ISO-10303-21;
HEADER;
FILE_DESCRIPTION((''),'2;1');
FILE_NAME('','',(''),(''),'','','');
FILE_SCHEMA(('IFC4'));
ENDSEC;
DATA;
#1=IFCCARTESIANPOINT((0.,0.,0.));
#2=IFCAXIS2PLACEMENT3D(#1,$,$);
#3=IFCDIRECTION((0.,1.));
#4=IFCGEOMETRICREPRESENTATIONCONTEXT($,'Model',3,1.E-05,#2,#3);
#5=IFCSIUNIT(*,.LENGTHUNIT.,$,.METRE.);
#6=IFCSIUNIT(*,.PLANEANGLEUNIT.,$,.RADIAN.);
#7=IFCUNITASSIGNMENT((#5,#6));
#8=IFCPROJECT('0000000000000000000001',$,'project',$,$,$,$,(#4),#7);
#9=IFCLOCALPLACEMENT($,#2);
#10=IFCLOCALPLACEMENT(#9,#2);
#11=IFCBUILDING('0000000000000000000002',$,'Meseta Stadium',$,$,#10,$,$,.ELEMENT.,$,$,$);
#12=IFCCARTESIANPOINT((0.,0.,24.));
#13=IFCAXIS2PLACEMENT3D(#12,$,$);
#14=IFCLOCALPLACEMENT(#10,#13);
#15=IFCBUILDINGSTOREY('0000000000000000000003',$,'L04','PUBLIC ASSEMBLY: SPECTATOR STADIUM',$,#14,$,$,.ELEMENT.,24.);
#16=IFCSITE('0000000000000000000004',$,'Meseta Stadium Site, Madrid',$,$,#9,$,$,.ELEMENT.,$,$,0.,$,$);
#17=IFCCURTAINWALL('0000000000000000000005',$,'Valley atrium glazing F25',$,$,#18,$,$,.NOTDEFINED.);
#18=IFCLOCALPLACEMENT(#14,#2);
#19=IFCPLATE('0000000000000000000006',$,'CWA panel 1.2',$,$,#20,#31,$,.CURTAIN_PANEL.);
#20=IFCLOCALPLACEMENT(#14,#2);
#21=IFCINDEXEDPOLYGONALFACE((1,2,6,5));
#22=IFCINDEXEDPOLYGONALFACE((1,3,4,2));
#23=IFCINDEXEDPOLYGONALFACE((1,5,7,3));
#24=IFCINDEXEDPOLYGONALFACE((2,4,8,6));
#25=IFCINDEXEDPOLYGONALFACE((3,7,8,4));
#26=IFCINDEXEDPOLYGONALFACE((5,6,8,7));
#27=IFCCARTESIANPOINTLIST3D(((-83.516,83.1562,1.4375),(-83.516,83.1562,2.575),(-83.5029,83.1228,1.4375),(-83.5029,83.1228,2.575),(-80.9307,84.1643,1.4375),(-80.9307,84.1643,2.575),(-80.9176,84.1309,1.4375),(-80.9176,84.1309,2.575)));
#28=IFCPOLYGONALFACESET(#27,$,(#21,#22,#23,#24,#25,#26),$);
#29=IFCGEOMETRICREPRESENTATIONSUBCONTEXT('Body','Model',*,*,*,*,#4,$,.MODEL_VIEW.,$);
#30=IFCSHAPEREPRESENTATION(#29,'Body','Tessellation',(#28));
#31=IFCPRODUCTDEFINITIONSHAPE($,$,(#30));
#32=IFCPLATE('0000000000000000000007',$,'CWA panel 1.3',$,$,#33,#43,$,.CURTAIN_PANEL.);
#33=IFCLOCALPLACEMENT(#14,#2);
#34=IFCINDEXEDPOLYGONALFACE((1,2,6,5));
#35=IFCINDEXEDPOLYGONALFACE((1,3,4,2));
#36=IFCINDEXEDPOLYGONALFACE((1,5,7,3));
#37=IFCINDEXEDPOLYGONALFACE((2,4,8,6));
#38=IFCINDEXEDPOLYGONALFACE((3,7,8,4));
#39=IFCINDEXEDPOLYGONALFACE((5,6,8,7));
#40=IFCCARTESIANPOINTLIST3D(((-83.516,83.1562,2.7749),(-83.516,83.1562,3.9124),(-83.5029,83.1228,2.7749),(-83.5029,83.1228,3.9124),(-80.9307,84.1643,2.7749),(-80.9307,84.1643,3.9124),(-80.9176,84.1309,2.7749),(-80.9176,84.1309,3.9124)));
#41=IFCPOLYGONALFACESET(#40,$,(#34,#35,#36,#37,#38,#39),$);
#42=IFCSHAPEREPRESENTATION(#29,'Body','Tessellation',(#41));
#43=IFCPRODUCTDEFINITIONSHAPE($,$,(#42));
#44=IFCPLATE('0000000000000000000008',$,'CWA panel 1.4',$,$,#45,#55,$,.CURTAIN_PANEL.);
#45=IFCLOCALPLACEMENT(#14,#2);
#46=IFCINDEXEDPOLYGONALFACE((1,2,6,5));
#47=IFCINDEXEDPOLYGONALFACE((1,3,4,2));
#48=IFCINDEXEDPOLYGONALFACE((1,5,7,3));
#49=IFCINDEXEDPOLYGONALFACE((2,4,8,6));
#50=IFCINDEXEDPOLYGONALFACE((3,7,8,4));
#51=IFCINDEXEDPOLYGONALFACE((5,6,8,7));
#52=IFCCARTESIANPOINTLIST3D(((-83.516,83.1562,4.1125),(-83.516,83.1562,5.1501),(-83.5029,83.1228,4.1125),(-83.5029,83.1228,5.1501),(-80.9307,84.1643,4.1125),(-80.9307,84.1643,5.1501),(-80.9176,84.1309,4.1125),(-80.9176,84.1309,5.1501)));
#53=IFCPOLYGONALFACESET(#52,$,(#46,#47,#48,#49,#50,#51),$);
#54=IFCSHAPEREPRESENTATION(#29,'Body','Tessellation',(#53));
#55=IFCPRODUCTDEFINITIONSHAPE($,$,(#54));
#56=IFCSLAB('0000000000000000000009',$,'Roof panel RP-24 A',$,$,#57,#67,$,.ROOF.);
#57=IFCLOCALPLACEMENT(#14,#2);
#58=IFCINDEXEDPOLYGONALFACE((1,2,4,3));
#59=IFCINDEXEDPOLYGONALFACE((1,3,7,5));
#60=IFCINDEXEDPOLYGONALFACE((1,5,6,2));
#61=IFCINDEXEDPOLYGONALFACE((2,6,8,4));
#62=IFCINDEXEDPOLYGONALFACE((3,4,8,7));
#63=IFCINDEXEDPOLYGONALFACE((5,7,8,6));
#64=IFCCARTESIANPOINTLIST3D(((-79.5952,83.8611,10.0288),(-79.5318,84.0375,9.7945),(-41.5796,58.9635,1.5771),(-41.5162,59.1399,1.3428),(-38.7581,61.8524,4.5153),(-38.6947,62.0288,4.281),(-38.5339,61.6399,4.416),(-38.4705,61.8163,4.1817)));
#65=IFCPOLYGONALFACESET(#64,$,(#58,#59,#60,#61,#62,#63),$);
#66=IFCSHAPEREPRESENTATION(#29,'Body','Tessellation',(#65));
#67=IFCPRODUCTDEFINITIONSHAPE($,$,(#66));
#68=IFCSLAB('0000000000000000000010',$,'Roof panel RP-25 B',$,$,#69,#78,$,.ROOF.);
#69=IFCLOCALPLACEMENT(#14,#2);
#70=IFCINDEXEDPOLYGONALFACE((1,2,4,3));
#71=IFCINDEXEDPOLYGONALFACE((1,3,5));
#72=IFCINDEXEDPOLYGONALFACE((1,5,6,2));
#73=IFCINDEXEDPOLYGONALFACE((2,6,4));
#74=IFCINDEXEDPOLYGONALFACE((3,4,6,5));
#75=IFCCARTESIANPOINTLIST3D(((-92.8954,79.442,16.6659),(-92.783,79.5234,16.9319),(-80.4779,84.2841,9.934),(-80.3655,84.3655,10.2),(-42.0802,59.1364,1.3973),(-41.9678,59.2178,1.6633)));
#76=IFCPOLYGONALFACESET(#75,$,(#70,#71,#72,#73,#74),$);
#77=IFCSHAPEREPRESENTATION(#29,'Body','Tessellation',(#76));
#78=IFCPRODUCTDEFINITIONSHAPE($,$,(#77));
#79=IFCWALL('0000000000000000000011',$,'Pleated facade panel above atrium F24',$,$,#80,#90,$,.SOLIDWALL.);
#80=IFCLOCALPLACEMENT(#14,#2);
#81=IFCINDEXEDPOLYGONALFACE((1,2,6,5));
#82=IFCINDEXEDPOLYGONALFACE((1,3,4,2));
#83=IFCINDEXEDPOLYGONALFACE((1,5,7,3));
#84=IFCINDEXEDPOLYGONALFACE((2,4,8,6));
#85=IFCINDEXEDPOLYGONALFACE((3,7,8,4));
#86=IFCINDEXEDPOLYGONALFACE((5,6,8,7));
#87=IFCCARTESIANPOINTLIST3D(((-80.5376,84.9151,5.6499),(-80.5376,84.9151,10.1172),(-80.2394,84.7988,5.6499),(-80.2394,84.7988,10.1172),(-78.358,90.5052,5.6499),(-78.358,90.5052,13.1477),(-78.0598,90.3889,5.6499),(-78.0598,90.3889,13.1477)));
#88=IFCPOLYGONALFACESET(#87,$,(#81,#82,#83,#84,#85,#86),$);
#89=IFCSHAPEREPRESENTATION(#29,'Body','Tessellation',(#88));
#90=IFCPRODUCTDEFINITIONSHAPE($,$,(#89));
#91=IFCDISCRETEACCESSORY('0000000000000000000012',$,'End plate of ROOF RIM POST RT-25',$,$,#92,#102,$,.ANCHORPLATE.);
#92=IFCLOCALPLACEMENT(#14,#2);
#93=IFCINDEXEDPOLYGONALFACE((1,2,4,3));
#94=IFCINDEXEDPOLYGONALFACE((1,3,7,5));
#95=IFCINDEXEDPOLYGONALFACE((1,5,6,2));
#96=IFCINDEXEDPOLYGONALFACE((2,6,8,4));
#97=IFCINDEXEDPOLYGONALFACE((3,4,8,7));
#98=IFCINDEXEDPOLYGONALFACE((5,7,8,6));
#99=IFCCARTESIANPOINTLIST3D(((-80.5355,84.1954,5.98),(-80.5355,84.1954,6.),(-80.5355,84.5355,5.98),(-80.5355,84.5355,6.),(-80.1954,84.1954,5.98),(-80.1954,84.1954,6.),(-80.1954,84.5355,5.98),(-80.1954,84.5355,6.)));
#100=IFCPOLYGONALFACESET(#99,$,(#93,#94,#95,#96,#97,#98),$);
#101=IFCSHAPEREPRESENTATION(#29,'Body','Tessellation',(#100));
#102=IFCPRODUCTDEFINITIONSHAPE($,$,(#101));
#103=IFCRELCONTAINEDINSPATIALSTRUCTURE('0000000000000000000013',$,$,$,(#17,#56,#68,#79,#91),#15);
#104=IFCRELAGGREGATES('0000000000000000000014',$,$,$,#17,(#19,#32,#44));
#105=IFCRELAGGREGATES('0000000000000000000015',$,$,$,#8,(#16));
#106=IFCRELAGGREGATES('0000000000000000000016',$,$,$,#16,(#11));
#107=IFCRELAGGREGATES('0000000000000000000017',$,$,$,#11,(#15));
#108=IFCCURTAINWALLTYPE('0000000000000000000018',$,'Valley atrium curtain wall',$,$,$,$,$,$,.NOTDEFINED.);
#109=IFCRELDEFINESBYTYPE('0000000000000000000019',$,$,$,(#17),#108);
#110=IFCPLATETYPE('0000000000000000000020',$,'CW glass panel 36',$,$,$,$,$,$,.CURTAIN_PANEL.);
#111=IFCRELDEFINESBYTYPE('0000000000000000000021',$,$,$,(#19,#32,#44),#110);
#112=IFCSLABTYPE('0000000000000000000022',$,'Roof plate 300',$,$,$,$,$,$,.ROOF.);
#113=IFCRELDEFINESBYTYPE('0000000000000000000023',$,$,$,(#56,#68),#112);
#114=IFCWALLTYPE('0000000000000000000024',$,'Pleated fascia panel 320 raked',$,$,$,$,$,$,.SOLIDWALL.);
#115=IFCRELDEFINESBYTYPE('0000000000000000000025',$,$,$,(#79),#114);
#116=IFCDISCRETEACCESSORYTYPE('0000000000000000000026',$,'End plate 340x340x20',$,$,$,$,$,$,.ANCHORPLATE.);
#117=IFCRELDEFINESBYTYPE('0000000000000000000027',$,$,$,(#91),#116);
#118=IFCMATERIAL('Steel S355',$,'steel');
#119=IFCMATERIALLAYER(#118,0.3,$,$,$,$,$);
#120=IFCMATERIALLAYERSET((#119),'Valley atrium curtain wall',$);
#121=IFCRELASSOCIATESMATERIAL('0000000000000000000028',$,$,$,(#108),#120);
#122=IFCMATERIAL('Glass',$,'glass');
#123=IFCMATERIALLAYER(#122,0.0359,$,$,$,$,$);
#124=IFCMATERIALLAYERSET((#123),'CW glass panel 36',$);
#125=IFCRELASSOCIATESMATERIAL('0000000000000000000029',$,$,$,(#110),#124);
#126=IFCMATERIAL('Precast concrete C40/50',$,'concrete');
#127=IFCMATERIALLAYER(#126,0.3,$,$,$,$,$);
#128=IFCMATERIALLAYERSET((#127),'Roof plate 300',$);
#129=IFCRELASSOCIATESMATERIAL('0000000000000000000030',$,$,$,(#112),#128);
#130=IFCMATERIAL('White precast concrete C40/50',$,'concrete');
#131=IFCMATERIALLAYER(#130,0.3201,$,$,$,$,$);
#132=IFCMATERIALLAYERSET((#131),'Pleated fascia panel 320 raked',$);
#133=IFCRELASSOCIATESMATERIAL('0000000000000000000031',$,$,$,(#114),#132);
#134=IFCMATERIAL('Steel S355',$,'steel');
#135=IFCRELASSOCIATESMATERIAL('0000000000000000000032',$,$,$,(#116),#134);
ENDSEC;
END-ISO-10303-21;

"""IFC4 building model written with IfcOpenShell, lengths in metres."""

from ifc_helpers import new_model, si_unit, direction, frame, origin, origin_2d, place, context, subcontext, project, spatial, polyline, rectangle, outline, extrude, material, layer, layer_set, material_profile, profile_set, type_object, element, aggregate, save


model = new_model("IFC4")

# Units and contexts
model_context = context("Model", 3, precision=1e-05, world=origin(), true_north=direction((0.0, 1.0)))
body_context = subcontext(model_context, "Body", "Model", "MODEL_VIEW")
ifc_project = project(units=[si_unit("LENGTHUNIT", "METRE"), si_unit("PLANEANGLEUNIT", "RADIAN")], contexts=[model_context])

# Site, building, storey
site_placement = place(None, origin())
site = spatial("IfcSite", under=ifc_project, at=site_placement, Name="Meseta Stadium Site, Madrid", CompositionType="ELEMENT", RefElevation=0.0)
building_placement = place(site_placement, origin())
building = spatial("IfcBuilding", under=site, at=building_placement, Name="Meseta Stadium", CompositionType="ELEMENT")
storey_placement = place(building_placement, frame((0.0, 0.0, 24.0)))
storey = spatial("IfcBuildingStorey", under=building, at=storey_placement, Name="L04", Description="PUBLIC ASSEMBLY: SPECTATOR STADIUM", CompositionType="ELEMENT", Elevation=24.0)

# Curtain wall
ifc_material_1 = material(Name="Steel S355", Category="steel")
ifc_layer_1 = layer(ifc_material_1, 0.3)
ifc_layer_set_1 = layer_set([ifc_layer_1], Name="Valley atrium curtain wall")
curtain_wall_type = type_object("IfcCurtainWallType", Name="Valley atrium curtain wall", PredefinedType="NOTDEFINED", material=ifc_layer_set_1)
curtain_wall_1_placement = place(storey_placement, origin())
curtain_wall_1 = element("IfcCurtainWall", 1, at=curtain_wall_1_placement, inside=storey, type_object=curtain_wall_type, Name="Valley atrium glazing F25", PredefinedType="NOTDEFINED")

# Plates
ifc_material_2 = material(Name="Glass", Category="glass")
ifc_layer_2 = layer(ifc_material_2, 0.0359)
ifc_layer_set_2 = layer_set([ifc_layer_2], Name="CW glass panel 36")
plate_type_1 = type_object("IfcPlateType", Name="CW glass panel 36", PredefinedType="CURTAIN_PANEL", material=ifc_layer_set_2)
plate_1_placement = place(storey_placement, frame((-82.2168, 83.6436, 1.4375), z_axis=(0.0, 0.0, 1.0), x_axis=(-0.93168, -0.36328, 0.0)))
plate_1 = element("IfcPlate", 2, at=plate_1_placement, type_object=plate_type_1, Name="CWA panel 1.2", PredefinedType="CURTAIN_PANEL", context=body_context, shape_type="SweptSolid", body=[
    extrude(rectangle(XDim=2.7749, YDim=0.0359, at=origin_2d()), origin(), (0.0, 0.0, 1.0), 1.1375),
])
plate_2_placement = place(storey_placement, frame((-82.2168, 83.6436, 2.7749), z_axis=(0.0, 0.0, 1.0), x_axis=(-0.93168, -0.36328, 0.0)))
plate_2 = element("IfcPlate", 3, at=plate_2_placement, type_object=plate_type_1, Name="CWA panel 1.3", PredefinedType="CURTAIN_PANEL", context=body_context, shape_type="SweptSolid", body=[
    extrude(rectangle(XDim=2.7749, YDim=0.0359, at=origin_2d()), origin(), (0.0, 0.0, 1.0), 1.1375),
])
plate_3_placement = place(storey_placement, frame((-82.2168, 83.6436, 4.1125), z_axis=(0.0, 0.0, 1.0), x_axis=(-0.93168, -0.36328, 0.0)))
plate_3 = element("IfcPlate", 4, at=plate_3_placement, type_object=plate_type_1, Name="CWA panel 1.4", PredefinedType="CURTAIN_PANEL", context=body_context, shape_type="SweptSolid", body=[
    extrude(rectangle(XDim=2.7749, YDim=0.0359, at=origin_2d()), origin(), (0.0, 0.0, 1.0), 1.0376),
])
aggregate(curtain_wall_1, [plate_1, plate_2, plate_3])

# Slabs
ifc_material_3 = material(Name="Precast concrete C40/50", Category="concrete")
ifc_layer_3 = layer(ifc_material_3, 0.3)
ifc_layer_set_3 = layer_set([ifc_layer_3], Name="Roof plate 300")
slab_type = type_object("IfcSlabType", Name="Roof plate 300", PredefinedType="ROOF", material=ifc_layer_set_3)
slab_1_placement = place(storey_placement, frame((-79.5952, 83.8611, 10.0288), z_axis=(-0.211359, -0.587806, 0.780904), x_axis=(0.82245, -0.538648, -0.182849)))
element("IfcSlab", 5, at=slab_1_placement, inside=storey, type_object=slab_type, Name="Roof panel RP-24 A", PredefinedType="ROOF", context=body_context, shape_type="SweptSolid", body=[
    extrude(outline(polyline([(0.0, 0.0), (46.2224, 0.0), (46.7666, 4.9196), (46.4496, 4.9888), (0.0, 0.0)])), origin(), (0.0, 0.0, -1.0), 0.3),
])
slab_2_placement = place(storey_placement, frame((-80.3655, 84.3655, 10.2), z_axis=(0.3748, 0.271343, 0.886509), x_axis=(0.822452, -0.538646, -0.182848)))
element("IfcSlab", 6, at=slab_2_placement, inside=storey, type_object=slab_type, Name="Roof panel RP-25 B", PredefinedType="ROOF", context=body_context, shape_type="SweptSolid", body=[
    extrude(outline(polyline([(0.0, 0.0), (46.6869, 0.0), (-8.8356, -12.0371), (0.0, 0.0)])), origin(), (0.0, 0.0, -1.0), 0.3),
])

# Wall
ifc_material_4 = material(Name="White precast concrete C40/50", Category="concrete")
ifc_layer_4 = layer(ifc_material_4, 0.3201)
ifc_layer_set_4 = layer_set([ifc_layer_4], Name="Pleated fascia panel 320 raked")
wall_type = type_object("IfcWallType", Name="Pleated fascia panel 320 raked", PredefinedType="SOLIDWALL", material=ifc_layer_set_4)
wall_placement = place(storey_placement, frame((-80.3884, 84.8569, 5.6499), z_axis=(0.0, 0.0, 1.0), x_axis=(0.363281, 0.93168, 0.0)))
element("IfcWall", 7, at=wall_placement, inside=storey, type_object=wall_type, Name="Pleated facade panel above atrium F24", PredefinedType="SOLIDWALL", context=body_context, shape_type="SweptSolid", body=[
    extrude(outline(polyline([(0.0, 0.0), (6.0, 0.0), (6.0, 7.4978), (0.0, 4.4673), (0.0, 0.0)])), frame((0.0, 0.1602, 0.0), z_axis=(0.0, -1.0, 0.0), x_axis=(1.0, 0.0, 0.0)), (0.0, 0.0, 1.0), 0.3201),
])

# Discrete accessory
ifc_material_5 = material(Name="Steel S355", Category="steel")
ifc_material_profile_1 = material_profile(ifc_material_5, rectangle(XDim=0.3401, YDim=0.3401, at=origin_2d()), Name="PL 340x340")
ifc_profile_set_1 = profile_set([ifc_material_profile_1], Name="Steel S355")
discrete_accessory_type = type_object("IfcDiscreteAccessoryType", Name="End plate 340x340x20", PredefinedType="ANCHORPLATE", material=ifc_profile_set_1)
discrete_accessory_placement = place(storey_placement, frame((-80.3655, 84.3655, 5.98), z_axis=(0.0, 0.0, 1.0), x_axis=(1.0, 0.0, 0.0)))
element("IfcDiscreteAccessory", 8, at=discrete_accessory_placement, inside=storey, type_object=discrete_accessory_type, Name="End plate of ROOF RIM POST RT-25", PredefinedType="ANCHORPLATE", context=body_context, shape_type="SweptSolid", body=[
    extrude(rectangle(XDim=0.3401, YDim=0.3401, at=origin_2d()), origin(), (0.0, 0.0, 1.0), 0.02),
])

save(model, "model.ifc")
